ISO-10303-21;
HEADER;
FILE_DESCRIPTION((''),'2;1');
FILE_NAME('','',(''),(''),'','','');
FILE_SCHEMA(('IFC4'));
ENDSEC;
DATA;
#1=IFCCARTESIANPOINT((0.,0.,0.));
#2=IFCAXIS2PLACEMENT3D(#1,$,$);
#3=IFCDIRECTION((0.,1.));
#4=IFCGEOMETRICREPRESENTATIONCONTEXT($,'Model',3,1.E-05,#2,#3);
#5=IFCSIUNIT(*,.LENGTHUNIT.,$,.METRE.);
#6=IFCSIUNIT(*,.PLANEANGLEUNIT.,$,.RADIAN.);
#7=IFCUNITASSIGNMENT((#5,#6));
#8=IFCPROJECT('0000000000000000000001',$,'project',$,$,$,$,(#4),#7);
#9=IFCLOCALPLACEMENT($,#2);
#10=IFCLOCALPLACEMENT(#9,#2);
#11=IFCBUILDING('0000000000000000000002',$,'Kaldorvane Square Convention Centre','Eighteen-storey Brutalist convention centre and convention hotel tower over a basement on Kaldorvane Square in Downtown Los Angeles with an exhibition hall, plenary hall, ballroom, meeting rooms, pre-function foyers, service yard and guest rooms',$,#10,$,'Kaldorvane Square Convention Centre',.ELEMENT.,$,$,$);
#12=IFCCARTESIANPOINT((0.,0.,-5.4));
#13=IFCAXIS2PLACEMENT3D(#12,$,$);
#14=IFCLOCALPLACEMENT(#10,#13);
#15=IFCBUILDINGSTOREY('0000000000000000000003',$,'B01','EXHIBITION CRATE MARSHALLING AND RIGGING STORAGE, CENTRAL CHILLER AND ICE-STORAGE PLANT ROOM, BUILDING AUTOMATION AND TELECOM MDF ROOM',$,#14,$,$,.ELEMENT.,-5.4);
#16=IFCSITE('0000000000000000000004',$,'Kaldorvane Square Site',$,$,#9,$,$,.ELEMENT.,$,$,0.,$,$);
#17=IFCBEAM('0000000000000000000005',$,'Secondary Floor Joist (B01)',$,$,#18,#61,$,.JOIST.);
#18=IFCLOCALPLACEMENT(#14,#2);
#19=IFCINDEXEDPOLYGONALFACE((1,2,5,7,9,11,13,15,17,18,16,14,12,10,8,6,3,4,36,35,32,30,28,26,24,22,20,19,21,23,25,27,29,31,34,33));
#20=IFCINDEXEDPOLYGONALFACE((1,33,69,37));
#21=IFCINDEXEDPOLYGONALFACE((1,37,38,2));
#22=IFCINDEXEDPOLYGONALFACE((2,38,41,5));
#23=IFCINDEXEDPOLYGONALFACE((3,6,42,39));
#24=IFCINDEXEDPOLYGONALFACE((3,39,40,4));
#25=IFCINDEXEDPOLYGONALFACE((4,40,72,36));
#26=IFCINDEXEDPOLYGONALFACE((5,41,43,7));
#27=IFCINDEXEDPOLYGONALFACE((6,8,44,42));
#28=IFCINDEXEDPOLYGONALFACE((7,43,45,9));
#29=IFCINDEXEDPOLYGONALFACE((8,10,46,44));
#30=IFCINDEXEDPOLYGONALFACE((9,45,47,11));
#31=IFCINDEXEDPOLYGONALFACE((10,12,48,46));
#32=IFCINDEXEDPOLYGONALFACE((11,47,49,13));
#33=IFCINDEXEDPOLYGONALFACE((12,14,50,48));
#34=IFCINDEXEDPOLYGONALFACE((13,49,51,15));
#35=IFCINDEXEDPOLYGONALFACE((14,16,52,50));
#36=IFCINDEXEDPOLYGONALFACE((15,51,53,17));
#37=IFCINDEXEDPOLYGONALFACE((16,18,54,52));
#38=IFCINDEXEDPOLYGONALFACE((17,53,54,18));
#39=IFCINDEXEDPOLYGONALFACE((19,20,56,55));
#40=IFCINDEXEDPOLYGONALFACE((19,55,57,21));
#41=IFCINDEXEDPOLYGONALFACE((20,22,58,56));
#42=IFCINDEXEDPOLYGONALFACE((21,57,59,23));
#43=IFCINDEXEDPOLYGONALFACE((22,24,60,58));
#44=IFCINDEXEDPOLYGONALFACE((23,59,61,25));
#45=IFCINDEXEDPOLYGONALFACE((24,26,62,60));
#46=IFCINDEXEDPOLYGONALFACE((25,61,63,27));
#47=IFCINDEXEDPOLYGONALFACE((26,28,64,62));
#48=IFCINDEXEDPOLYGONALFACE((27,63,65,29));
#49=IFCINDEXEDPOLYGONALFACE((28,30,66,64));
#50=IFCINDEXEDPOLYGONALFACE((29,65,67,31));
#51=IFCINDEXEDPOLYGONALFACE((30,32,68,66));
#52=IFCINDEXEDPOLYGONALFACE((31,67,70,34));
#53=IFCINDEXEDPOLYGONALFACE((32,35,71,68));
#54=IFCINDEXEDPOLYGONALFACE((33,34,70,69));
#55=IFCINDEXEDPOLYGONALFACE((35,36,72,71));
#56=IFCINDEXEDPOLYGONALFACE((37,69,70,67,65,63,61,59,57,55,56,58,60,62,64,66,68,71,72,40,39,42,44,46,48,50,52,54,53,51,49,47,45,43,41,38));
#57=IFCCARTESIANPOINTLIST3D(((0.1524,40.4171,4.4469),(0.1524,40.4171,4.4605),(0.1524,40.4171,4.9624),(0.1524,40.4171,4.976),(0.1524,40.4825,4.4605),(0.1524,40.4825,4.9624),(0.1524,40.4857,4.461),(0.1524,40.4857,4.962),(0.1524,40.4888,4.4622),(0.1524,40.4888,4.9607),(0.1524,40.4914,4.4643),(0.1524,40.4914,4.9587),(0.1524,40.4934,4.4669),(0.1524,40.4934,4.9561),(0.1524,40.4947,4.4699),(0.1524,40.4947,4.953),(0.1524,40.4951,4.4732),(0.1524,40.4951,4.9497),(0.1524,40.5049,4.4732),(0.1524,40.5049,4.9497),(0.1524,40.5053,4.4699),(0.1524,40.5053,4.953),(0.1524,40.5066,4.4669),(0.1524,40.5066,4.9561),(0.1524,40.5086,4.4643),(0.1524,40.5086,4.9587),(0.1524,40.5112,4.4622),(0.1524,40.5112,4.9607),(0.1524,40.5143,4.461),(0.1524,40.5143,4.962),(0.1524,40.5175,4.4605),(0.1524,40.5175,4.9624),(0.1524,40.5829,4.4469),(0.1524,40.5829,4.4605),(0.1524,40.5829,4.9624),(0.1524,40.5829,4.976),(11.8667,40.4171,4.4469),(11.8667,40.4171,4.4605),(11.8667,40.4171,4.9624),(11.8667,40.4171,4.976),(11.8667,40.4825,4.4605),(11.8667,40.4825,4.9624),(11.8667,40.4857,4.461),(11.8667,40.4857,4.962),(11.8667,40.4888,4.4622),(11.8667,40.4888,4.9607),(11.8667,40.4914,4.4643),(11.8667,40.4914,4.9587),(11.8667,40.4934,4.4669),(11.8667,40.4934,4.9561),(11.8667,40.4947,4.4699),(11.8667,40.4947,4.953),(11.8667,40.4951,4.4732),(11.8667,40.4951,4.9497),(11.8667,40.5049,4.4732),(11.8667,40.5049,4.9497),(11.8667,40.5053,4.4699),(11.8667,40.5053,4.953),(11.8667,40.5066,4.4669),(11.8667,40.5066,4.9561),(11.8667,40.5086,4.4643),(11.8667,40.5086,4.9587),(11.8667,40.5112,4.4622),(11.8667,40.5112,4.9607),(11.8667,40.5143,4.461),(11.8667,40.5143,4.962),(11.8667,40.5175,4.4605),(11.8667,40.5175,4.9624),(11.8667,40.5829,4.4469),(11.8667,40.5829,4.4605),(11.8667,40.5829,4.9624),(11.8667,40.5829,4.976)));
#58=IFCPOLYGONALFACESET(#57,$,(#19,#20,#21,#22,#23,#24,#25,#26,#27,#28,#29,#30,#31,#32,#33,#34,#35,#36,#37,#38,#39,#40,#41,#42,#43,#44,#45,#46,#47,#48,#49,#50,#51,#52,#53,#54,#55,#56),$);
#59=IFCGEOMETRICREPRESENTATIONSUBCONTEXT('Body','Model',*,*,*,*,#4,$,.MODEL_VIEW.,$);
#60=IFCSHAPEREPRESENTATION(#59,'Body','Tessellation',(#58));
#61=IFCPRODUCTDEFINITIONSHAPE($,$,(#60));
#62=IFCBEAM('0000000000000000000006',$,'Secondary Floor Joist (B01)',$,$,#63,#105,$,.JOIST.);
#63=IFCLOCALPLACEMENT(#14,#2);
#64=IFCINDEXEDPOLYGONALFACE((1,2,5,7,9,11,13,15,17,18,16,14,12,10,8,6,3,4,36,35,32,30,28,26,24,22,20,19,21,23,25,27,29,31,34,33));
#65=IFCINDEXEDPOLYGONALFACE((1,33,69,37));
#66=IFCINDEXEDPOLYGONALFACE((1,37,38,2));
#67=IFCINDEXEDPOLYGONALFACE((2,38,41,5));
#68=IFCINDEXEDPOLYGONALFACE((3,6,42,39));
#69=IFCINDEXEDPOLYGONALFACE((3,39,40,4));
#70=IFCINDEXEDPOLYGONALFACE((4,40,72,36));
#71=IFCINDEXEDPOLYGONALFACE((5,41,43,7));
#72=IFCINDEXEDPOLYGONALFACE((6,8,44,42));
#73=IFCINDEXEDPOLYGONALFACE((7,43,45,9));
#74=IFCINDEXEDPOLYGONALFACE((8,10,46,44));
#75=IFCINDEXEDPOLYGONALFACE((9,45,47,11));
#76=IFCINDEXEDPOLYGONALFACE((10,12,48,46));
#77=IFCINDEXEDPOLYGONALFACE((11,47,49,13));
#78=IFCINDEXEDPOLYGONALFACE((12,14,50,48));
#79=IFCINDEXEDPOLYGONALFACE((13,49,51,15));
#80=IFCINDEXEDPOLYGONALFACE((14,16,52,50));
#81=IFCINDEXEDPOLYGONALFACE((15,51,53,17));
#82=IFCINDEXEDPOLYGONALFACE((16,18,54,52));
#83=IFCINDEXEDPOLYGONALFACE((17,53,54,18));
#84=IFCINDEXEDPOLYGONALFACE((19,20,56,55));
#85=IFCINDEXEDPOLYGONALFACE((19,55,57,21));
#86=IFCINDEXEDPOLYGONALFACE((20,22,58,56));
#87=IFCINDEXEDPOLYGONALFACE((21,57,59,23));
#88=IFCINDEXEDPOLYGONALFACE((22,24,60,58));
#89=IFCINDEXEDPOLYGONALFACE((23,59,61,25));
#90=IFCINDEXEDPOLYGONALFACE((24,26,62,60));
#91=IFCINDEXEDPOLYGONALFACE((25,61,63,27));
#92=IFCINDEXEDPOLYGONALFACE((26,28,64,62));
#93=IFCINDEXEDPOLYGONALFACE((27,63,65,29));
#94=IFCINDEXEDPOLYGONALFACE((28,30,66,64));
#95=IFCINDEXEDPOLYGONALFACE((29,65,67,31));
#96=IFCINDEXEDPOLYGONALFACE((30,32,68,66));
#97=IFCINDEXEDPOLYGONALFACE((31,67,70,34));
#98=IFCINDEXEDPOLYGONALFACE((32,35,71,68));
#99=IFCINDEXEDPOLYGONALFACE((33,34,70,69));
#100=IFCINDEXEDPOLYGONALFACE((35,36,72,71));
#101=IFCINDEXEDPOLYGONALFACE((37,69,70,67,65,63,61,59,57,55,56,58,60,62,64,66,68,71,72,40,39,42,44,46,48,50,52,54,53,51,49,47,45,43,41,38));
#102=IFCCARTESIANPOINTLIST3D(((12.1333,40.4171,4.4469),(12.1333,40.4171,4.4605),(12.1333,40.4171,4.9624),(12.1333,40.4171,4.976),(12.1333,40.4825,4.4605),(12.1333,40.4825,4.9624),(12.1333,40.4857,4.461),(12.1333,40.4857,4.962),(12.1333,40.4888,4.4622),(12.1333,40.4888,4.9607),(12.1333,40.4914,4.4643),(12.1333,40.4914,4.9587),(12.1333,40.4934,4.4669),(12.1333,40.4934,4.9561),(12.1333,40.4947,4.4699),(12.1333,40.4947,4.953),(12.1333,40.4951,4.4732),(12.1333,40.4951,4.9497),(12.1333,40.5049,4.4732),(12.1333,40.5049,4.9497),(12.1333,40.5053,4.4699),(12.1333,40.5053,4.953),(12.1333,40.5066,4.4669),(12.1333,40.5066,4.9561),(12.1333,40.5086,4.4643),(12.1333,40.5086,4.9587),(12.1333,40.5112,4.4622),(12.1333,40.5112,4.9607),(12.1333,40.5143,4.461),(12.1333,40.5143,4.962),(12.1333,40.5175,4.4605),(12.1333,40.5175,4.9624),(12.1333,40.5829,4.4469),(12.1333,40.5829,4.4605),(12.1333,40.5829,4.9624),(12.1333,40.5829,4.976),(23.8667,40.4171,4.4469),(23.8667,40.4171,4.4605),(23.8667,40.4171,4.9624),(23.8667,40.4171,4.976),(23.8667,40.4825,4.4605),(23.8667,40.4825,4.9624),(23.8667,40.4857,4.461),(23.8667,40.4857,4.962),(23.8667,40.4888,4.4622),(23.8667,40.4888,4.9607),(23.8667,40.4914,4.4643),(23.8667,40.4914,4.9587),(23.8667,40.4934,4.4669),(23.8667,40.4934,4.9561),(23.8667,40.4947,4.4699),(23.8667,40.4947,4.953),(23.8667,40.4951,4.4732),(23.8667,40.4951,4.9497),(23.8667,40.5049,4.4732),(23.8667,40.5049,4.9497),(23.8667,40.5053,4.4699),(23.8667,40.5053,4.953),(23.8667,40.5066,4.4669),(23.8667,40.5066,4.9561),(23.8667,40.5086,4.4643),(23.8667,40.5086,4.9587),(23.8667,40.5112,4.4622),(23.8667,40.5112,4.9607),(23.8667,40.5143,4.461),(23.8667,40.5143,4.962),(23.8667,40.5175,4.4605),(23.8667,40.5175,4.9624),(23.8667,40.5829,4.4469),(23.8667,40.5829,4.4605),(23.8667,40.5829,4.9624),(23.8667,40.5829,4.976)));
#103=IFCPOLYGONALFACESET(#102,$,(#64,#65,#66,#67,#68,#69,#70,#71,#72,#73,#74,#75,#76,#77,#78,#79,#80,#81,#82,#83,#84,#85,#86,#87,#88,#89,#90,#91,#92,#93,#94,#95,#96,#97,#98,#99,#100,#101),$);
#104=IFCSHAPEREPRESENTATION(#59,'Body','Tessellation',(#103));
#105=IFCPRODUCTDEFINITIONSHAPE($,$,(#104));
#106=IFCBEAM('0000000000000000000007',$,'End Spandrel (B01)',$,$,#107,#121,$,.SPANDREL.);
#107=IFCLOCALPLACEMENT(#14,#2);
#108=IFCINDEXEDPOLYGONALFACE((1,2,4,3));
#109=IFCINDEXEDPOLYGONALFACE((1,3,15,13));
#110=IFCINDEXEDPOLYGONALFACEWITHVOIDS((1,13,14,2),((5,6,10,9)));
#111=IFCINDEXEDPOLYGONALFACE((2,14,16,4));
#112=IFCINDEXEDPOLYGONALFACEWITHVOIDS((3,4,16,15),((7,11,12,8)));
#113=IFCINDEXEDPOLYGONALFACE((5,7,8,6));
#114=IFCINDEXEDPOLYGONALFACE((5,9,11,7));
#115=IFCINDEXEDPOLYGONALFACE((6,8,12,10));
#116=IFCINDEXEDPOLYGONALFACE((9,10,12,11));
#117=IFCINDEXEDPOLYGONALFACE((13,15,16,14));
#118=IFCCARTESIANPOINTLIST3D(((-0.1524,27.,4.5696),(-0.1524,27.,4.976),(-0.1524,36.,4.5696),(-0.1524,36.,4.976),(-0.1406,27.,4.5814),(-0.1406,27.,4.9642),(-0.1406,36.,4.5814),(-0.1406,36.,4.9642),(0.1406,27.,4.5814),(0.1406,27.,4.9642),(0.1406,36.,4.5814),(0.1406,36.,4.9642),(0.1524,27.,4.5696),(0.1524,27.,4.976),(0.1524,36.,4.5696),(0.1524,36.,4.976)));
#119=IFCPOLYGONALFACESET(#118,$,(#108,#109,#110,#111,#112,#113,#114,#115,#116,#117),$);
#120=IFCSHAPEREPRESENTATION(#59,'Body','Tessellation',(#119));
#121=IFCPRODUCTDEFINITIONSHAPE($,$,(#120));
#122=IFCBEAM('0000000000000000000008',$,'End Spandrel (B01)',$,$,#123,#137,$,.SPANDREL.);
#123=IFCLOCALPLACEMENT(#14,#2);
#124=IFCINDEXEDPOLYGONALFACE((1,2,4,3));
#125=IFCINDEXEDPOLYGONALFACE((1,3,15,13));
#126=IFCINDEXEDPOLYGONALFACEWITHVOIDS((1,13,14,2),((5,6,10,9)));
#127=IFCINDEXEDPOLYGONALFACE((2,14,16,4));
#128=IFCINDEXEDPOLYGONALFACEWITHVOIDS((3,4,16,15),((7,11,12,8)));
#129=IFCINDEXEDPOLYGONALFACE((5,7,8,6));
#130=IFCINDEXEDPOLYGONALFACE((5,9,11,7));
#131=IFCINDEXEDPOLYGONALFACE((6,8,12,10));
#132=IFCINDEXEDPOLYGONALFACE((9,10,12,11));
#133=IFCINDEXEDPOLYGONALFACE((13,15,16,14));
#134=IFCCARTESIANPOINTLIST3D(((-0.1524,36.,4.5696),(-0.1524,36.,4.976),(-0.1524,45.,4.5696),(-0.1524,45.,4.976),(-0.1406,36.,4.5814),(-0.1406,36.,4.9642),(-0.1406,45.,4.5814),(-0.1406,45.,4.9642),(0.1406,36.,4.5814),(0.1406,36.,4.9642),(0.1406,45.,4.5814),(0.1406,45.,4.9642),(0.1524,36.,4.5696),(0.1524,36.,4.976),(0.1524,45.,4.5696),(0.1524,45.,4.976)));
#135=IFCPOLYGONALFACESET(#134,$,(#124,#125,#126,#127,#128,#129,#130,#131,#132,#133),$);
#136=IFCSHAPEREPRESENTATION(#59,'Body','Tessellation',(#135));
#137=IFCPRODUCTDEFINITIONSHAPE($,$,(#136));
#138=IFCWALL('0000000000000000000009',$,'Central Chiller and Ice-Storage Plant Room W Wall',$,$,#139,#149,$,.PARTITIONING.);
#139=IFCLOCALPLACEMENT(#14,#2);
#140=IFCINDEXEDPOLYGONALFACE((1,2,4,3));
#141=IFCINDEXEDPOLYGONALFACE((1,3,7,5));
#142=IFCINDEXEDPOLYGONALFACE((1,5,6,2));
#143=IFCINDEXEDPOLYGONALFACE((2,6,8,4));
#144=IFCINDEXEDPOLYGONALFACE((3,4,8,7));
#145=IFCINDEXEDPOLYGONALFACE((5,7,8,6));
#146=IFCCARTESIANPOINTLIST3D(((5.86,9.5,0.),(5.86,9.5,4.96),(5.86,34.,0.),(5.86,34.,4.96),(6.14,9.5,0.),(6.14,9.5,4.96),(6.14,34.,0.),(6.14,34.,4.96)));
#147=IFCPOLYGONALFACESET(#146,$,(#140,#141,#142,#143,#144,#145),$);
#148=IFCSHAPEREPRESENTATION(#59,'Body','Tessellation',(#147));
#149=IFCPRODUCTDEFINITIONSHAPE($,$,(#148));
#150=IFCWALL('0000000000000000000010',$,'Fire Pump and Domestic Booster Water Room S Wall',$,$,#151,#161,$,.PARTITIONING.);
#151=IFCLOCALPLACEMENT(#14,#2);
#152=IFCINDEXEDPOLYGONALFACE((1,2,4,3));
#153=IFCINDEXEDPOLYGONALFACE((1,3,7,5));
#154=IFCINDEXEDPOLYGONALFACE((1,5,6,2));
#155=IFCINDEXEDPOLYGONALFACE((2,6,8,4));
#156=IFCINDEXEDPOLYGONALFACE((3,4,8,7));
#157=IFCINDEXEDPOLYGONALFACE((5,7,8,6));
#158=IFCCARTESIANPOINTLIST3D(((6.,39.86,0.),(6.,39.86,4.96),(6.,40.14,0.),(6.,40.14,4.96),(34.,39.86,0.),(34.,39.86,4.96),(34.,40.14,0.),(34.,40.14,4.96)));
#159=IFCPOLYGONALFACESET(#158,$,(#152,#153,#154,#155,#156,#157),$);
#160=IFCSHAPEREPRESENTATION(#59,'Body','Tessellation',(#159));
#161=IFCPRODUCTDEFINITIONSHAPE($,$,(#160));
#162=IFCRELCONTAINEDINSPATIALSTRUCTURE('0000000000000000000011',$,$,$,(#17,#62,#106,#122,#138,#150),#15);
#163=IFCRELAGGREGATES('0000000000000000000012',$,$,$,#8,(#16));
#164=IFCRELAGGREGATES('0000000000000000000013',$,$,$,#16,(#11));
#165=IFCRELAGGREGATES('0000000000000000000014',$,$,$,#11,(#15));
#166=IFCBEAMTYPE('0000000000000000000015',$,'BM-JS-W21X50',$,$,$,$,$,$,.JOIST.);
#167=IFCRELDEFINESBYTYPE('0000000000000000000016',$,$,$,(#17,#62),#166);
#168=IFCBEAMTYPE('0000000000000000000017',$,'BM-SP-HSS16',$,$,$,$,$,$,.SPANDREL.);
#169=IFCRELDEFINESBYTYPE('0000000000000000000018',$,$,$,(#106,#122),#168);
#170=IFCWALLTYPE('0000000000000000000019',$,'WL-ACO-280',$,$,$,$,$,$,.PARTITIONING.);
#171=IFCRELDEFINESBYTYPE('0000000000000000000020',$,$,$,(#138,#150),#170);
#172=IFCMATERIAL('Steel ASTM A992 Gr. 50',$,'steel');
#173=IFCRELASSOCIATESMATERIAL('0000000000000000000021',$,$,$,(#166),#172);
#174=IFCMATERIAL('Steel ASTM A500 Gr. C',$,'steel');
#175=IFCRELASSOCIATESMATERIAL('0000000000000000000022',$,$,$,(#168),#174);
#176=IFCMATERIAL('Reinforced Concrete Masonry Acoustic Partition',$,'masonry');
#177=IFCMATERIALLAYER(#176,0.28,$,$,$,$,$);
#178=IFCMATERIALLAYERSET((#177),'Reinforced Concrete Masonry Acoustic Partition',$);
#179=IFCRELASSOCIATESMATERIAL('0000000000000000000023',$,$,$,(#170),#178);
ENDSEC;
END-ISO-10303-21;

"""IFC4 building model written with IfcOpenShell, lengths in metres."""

from ifc_helpers import new_model, si_unit, direction, frame, frame_2d, origin, origin_2d, place, context, subcontext, project, spatial, rectangle, hollow_rectangle, i_section, extrude, material, layer, layer_set, material_profile, profile_set, type_object, element, save


model = new_model("IFC4")

# Units and contexts
model_context = context("Model", 3, precision=1e-05, world=origin(), true_north=direction((0.0, 1.0)))
body_context = subcontext(model_context, "Body", "Model", "MODEL_VIEW")
ifc_project = project(units=[si_unit("LENGTHUNIT", "METRE"), si_unit("PLANEANGLEUNIT", "RADIAN")], contexts=[model_context])

# Site, building, storey
site_placement = place(None, origin())
site = spatial("IfcSite", under=ifc_project, at=site_placement, Name="Kaldorvane Square Site", CompositionType="ELEMENT", RefElevation=0.0)
building_placement = place(site_placement, origin())
building = spatial("IfcBuilding", under=site, at=building_placement, Name="Kaldorvane Square Convention Centre", Description="Eighteen-storey Brutalist convention centre and convention hotel tower over a basement on Kaldorvane Square in Downtown Los Angeles with an exhibition hall, plenary hall, ballroom, meeting rooms, pre-function foyers, service yard and guest rooms", LongName="Kaldorvane Square Convention Centre", CompositionType="ELEMENT")
storey_placement = place(building_placement, frame((0.0, 0.0, -5.4)))
storey = spatial("IfcBuildingStorey", under=building, at=storey_placement, Name="B01", Description="EXHIBITION CRATE MARSHALLING AND RIGGING STORAGE, CENTRAL CHILLER AND ICE-STORAGE PLANT ROOM, BUILDING AUTOMATION AND TELECOM MDF ROOM", CompositionType="ELEMENT", Elevation=-5.4)

# Shared definitions
ifc_material_1 = material(Name="Steel ASTM A500 Gr. C", Category="steel")
ifc_material_2 = material(Name="Steel ASTM A992 Gr. 50", Category="steel")

# Beams
ifc_material_profile_1 = material_profile(ifc_material_2, i_section(OverallWidth=0.1659, OverallDepth=0.5291, WebThickness=0.0097, FlangeThickness=0.0136, FilletRadius=0.0127, at=origin_2d()), Name="W21X50")
ifc_profile_set_1 = profile_set([ifc_material_profile_1], Name="Steel ASTM A992 Gr. 50")
beam_type_1 = type_object("IfcBeamType", Name="BM-JS-W21X50", PredefinedType="JOIST", material=ifc_profile_set_1)
beam_1_placement = place(storey_placement, frame((0.1524, 40.5, 4.7115), z_axis=(1.0, 0.0, 0.0), x_axis=(0.0, 1.0, 0.0)))
element("IfcBeam", 1, at=beam_1_placement, inside=storey, type_object=beam_type_1, Name="Secondary Floor Joist (B01)", PredefinedType="JOIST", context=body_context, shape_type="SweptSolid", body=[
    extrude(i_section(OverallWidth=0.1659, OverallDepth=0.5291, WebThickness=0.0097, FlangeThickness=0.0136, FilletRadius=0.0127, at=origin_2d()), origin(), (0.0, 0.0, 1.0), 11.7143),
])
beam_2_placement = place(storey_placement, frame((12.1333, 40.5, 4.7115), z_axis=(1.0, 0.0, 0.0), x_axis=(0.0, 1.0, 0.0)))
element("IfcBeam", 2, at=beam_2_placement, inside=storey, type_object=beam_type_1, Name="Secondary Floor Joist (B01)", PredefinedType="JOIST", context=body_context, shape_type="SweptSolid", body=[
    extrude(i_section(OverallWidth=0.1659, OverallDepth=0.5291, WebThickness=0.0097, FlangeThickness=0.0136, FilletRadius=0.0127, at=origin_2d()), origin(), (0.0, 0.0, 1.0), 11.7334),
])
ifc_material_profile_2 = material_profile(ifc_material_1, hollow_rectangle(XDim=0.3048, YDim=0.4064, WallThickness=0.0118, at=origin_2d()), Name="HSS16X12X1/2")
ifc_profile_set_2 = profile_set([ifc_material_profile_2], Name="Steel ASTM A500 Gr. C")
beam_type_2 = type_object("IfcBeamType", Name="BM-SP-HSS16", PredefinedType="SPANDREL", material=ifc_profile_set_2)
for number, where, z_axis, x_axis, name in (
    (3, (0.0, 27.0, 4.7728), (0.0, 1.0, 0.0), (-1.0, 0.0, 0.0), "End Spandrel (B01)"),
    (4, (0.0, 36.0, 4.7728), (0.0, 1.0, 0.0), (-1.0, 0.0, 0.0), "End Spandrel (B01)"),
):
    element("IfcBeam", number, at=place(storey_placement, frame(where, z_axis=z_axis, x_axis=x_axis)), inside=storey, type_object=beam_type_2, Name=name, PredefinedType="SPANDREL", context=body_context, shape_type="SweptSolid", body=[
        extrude(hollow_rectangle(XDim=0.3048, YDim=0.4064, WallThickness=0.0118, at=origin_2d()), origin(), (0.0, 0.0, 1.0), 9.0),
    ])

# Walls
ifc_material_3 = material(Name="Reinforced Concrete Masonry Acoustic Partition", Category="masonry")
ifc_layer = layer(ifc_material_3, 0.28)
ifc_layer_set = layer_set([ifc_layer], Name="Reinforced Concrete Masonry Acoustic Partition")
wall_type = type_object("IfcWallType", Name="WL-ACO-280", PredefinedType="PARTITIONING", material=ifc_layer_set)
wall_1_placement = place(storey_placement, frame((6.0, 34.0, 0.0), z_axis=(0.0, 0.0, 1.0), x_axis=(0.0, -1.0, 0.0)))
element("IfcWall", 5, at=wall_1_placement, inside=storey, type_object=wall_type, Name="Central Chiller and Ice-Storage Plant Room W Wall", PredefinedType="PARTITIONING", context=body_context, shape_type="SweptSolid", body=[
    extrude(rectangle(XDim=24.5, YDim=0.28, at=frame_2d((12.25, 0.0))), origin(), (0.0, 0.0, 1.0), 4.96),
])
wall_2_placement = place(storey_placement, frame((6.0, 40.0, 0.0), z_axis=(0.0, 0.0, 1.0), x_axis=(1.0, 0.0, 0.0)))
element("IfcWall", 6, at=wall_2_placement, inside=storey, type_object=wall_type, Name="Fire Pump and Domestic Booster Water Room S Wall", PredefinedType="PARTITIONING", context=body_context, shape_type="SweptSolid", body=[
    extrude(rectangle(XDim=28.0, YDim=0.28, at=frame_2d((14.0, 0.0))), origin(), (0.0, 0.0, 1.0), 4.96),
])

save(model, "model.ifc")
